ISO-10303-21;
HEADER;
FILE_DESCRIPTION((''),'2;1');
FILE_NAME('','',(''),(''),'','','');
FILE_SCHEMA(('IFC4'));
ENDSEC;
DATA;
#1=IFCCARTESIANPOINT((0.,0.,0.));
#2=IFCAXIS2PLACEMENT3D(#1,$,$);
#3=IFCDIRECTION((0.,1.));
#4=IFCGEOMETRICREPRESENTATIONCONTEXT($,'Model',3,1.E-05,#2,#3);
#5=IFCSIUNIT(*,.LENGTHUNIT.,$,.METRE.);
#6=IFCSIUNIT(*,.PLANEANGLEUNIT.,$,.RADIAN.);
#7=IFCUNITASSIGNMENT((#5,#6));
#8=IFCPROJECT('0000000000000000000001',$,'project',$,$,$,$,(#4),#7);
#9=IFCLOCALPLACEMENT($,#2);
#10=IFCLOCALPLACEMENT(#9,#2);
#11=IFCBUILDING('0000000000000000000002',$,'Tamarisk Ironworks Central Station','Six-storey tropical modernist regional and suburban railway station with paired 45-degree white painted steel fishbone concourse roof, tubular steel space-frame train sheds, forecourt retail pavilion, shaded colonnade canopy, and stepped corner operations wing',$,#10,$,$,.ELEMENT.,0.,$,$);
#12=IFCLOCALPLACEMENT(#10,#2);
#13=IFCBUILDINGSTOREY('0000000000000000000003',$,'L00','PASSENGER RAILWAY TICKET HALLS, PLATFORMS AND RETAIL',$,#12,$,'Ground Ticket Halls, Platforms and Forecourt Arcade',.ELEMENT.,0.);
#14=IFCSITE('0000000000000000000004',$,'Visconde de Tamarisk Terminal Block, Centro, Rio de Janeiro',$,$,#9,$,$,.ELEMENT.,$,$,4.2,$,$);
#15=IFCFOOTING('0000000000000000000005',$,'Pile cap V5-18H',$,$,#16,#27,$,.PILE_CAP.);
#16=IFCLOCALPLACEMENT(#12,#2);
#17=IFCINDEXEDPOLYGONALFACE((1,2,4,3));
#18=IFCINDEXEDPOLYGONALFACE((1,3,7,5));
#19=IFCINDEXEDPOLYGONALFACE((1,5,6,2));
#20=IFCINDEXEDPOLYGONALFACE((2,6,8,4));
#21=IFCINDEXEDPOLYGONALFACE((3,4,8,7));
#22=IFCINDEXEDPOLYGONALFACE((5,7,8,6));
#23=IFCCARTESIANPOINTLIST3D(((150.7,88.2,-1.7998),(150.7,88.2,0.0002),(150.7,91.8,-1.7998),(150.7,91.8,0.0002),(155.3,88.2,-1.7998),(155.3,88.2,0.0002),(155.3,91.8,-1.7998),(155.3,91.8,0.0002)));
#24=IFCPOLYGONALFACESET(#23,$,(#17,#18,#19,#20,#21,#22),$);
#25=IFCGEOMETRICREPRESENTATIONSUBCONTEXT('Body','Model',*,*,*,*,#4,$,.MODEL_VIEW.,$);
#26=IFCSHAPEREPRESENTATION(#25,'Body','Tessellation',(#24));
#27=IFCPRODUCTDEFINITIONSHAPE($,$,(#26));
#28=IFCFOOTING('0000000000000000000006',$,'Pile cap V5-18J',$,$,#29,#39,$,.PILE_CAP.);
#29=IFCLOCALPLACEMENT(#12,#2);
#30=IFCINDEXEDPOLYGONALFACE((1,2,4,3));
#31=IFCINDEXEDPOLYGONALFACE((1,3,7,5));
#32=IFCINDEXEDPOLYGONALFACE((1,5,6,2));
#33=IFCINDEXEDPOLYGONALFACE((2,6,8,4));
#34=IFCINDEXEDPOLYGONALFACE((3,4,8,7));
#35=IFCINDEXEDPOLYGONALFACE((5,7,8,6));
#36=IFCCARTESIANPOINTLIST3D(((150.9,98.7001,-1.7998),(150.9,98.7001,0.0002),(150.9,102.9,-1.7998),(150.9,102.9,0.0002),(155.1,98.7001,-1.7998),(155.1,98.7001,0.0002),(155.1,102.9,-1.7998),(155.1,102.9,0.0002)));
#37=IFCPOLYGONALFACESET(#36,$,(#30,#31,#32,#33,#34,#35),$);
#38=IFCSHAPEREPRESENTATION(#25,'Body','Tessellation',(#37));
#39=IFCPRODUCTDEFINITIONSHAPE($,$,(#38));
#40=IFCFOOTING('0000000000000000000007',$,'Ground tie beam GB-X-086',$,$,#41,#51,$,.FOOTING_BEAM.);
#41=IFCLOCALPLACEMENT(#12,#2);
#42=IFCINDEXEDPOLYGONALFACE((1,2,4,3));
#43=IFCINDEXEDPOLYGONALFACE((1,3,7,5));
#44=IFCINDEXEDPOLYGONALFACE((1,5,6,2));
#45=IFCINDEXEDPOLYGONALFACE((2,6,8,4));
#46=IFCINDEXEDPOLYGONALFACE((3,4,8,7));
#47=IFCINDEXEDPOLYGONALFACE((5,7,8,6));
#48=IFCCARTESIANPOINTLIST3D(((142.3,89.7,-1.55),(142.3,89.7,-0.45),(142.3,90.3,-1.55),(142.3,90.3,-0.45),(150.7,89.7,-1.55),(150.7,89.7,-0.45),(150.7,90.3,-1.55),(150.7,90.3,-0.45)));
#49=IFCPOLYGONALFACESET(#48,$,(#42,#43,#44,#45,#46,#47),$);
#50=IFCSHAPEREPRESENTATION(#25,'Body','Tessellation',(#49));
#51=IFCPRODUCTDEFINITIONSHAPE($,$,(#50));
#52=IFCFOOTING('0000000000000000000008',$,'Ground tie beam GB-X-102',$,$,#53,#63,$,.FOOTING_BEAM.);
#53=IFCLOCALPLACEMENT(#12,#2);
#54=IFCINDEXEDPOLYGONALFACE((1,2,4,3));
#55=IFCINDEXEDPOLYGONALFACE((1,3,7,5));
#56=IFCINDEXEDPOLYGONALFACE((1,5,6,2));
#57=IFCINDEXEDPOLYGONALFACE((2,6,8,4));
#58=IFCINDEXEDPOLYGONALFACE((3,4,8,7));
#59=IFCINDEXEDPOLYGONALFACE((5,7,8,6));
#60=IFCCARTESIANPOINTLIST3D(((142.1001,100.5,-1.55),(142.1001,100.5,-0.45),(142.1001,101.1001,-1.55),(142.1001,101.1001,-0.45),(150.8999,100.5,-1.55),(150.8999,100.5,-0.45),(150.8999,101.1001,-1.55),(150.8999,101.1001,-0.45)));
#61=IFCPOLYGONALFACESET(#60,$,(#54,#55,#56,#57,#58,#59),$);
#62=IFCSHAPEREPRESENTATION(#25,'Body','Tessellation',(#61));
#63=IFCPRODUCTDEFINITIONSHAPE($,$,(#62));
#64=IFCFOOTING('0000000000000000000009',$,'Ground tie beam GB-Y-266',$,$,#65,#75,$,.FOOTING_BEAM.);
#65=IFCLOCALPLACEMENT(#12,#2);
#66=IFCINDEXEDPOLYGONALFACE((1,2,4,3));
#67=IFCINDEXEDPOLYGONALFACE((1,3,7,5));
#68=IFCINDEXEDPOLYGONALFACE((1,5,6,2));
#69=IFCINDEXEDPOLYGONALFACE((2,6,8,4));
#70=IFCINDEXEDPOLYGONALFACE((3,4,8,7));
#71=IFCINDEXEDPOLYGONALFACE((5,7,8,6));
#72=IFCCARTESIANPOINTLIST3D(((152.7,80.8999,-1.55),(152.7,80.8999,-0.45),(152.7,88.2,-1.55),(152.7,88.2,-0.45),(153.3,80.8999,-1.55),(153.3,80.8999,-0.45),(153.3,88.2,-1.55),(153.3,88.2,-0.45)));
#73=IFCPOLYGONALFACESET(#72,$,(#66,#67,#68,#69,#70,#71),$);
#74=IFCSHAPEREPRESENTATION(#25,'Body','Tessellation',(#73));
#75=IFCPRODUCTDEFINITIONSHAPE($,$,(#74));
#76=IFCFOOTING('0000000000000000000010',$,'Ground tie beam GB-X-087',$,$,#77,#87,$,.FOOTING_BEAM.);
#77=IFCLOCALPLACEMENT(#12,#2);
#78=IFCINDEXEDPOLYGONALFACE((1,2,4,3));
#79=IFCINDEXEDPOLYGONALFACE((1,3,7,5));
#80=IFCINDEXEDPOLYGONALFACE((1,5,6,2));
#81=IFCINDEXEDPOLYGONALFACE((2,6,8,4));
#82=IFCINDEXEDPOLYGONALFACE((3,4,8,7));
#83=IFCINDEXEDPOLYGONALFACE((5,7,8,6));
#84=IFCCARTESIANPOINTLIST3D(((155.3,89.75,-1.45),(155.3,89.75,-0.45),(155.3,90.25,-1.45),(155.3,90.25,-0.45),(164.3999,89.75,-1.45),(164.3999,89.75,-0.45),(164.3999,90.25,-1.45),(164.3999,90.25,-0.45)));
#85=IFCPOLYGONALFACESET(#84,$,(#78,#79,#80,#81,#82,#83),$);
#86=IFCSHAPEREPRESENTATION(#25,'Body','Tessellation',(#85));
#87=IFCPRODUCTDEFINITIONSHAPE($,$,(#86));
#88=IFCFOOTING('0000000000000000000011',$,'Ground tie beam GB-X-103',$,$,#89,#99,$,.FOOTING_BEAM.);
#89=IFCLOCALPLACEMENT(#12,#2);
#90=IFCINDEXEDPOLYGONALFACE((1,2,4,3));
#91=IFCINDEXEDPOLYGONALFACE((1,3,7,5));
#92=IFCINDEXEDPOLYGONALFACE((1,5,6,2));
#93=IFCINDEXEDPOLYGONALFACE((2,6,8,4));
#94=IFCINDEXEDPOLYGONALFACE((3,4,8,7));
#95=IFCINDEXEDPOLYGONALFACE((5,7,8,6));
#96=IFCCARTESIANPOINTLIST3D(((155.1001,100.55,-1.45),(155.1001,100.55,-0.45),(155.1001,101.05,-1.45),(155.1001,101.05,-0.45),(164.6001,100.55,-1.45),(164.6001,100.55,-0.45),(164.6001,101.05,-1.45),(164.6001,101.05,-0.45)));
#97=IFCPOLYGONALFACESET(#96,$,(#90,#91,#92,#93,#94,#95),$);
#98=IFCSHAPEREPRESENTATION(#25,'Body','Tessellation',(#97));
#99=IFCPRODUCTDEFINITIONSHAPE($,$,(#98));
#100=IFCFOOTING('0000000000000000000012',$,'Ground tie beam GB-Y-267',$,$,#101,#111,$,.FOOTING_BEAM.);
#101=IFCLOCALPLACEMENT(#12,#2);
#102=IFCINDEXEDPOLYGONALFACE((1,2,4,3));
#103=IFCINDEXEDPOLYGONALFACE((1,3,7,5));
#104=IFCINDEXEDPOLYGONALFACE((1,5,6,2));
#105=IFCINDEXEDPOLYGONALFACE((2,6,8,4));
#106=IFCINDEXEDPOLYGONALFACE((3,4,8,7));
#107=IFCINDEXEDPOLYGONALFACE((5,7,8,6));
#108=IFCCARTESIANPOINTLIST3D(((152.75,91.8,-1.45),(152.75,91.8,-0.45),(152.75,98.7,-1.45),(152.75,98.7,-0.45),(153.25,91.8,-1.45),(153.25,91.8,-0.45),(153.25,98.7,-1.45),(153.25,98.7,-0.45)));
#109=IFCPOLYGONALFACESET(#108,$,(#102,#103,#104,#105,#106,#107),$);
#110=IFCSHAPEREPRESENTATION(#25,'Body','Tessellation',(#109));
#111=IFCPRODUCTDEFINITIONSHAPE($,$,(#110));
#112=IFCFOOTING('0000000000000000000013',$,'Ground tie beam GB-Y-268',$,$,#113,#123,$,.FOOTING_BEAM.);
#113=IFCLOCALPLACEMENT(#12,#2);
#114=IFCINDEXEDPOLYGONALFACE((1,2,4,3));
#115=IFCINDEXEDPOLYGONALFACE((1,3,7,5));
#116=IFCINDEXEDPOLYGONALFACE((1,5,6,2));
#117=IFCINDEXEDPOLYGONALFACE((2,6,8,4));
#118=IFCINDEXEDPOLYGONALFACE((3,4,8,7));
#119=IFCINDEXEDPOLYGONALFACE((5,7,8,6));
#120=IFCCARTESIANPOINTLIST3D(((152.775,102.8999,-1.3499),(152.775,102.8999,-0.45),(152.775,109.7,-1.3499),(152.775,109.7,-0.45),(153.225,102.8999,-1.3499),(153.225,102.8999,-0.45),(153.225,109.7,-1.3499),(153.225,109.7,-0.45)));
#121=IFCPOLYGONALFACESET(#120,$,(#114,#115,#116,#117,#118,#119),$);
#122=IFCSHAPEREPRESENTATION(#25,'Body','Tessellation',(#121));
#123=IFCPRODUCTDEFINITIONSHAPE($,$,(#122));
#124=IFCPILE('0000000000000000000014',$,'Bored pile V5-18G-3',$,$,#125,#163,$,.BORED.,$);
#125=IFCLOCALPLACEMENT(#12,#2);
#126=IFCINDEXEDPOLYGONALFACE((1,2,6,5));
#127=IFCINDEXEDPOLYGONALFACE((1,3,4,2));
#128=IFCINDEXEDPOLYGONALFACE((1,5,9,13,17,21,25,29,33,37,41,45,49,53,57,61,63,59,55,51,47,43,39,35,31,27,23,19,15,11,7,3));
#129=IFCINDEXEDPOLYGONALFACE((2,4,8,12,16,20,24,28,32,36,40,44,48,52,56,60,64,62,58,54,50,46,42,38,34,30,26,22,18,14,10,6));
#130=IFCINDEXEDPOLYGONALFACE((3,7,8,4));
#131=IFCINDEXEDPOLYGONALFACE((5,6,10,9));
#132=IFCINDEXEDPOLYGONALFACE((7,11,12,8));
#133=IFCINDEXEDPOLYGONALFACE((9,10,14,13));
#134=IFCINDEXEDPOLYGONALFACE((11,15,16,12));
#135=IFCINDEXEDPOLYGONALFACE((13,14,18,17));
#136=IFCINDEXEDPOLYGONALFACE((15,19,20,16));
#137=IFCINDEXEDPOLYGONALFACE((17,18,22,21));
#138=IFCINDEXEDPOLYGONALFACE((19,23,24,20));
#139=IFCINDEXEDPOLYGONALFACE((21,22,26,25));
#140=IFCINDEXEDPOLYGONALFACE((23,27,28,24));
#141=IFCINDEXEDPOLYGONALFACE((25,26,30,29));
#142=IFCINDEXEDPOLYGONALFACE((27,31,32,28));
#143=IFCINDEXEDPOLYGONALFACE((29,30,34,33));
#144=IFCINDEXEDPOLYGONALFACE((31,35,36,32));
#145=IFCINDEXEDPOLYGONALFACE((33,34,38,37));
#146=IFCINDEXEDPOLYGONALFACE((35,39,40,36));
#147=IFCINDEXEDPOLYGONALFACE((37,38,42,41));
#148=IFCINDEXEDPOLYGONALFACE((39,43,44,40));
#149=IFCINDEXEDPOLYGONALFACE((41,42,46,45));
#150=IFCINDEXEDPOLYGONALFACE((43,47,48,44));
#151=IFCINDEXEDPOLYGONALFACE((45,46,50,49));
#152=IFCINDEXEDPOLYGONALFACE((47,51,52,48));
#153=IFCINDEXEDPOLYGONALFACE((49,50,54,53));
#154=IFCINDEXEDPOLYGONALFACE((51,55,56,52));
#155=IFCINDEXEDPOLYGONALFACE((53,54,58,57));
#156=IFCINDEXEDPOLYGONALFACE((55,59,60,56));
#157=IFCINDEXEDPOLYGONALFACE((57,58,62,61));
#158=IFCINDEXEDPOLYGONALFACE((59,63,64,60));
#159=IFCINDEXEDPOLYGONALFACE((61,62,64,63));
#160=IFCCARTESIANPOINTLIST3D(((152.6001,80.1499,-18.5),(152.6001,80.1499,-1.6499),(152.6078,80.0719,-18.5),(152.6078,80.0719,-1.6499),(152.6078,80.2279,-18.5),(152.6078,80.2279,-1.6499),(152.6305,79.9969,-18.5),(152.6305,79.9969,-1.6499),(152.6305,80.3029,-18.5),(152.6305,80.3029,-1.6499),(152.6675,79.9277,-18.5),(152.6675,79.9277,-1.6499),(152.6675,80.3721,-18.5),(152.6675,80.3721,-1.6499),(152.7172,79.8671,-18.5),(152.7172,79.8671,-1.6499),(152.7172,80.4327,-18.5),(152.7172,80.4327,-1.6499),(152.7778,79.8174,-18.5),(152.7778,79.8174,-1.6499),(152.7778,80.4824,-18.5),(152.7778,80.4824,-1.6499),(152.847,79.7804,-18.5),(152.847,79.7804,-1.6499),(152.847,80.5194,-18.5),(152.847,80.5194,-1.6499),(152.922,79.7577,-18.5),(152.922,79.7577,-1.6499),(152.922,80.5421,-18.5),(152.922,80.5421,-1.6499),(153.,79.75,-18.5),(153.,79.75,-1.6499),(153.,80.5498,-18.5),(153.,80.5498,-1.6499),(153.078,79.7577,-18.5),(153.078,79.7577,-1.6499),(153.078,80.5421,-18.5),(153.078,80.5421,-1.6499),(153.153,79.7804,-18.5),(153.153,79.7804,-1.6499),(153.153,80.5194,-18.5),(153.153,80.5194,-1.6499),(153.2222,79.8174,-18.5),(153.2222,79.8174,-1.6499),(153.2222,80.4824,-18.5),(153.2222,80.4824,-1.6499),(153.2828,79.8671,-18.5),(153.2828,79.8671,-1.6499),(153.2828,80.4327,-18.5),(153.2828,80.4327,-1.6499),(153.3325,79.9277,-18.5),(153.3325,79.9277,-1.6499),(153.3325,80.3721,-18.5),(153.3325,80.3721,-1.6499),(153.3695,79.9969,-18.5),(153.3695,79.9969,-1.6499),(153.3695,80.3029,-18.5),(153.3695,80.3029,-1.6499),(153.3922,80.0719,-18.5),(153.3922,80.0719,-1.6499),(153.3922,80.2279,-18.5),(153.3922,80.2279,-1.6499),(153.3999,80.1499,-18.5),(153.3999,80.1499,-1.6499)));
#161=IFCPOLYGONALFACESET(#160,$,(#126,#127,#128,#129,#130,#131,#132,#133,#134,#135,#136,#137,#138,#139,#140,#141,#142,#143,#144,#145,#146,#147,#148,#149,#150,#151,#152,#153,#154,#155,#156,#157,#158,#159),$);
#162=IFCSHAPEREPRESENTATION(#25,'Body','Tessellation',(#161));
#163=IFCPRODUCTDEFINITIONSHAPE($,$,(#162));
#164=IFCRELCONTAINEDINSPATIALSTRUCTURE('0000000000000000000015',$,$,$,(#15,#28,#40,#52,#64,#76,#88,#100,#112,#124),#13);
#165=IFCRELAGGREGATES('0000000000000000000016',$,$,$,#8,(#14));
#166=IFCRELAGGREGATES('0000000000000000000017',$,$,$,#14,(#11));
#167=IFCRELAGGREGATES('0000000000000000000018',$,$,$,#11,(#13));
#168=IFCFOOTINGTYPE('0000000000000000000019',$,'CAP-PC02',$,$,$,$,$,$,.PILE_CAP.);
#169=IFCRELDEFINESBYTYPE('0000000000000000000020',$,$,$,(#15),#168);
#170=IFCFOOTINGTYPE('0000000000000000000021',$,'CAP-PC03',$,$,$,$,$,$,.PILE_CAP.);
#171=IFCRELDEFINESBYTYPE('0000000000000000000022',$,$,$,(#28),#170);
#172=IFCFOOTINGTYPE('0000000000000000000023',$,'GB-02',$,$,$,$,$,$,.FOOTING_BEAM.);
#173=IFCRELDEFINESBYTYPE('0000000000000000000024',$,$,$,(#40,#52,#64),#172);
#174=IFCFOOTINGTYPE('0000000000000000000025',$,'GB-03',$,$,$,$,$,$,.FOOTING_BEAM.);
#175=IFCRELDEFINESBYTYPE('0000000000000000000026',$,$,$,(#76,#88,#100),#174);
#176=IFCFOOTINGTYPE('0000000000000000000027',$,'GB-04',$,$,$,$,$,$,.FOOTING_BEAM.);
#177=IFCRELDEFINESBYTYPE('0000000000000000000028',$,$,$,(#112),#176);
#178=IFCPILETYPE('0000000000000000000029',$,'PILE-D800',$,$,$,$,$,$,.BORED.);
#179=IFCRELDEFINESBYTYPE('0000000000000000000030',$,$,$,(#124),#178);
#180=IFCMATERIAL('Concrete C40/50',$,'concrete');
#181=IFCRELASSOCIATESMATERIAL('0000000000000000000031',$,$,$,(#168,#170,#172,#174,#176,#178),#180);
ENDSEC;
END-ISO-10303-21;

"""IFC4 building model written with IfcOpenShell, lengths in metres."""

from ifc_helpers import new_model, si_unit, direction, frame, origin, origin_2d, place, context, subcontext, project, spatial, rectangle, circle, extrude, material, material_profile, profile_set, type_object, element, save


model = new_model("IFC4")

# Units and contexts
model_context = context("Model", 3, precision=1e-05, world=origin(), true_north=direction((0.0, 1.0)))
body_context = subcontext(model_context, "Body", "Model", "MODEL_VIEW")
ifc_project = project(units=[si_unit("LENGTHUNIT", "METRE"), si_unit("PLANEANGLEUNIT", "RADIAN")], contexts=[model_context])

# Site, building, storey
site_placement = place(None, origin())
site = spatial("IfcSite", under=ifc_project, at=site_placement, Name="Visconde de Tamarisk Terminal Block, Centro, Rio de Janeiro", CompositionType="ELEMENT", RefElevation=4.2)
building_placement = place(site_placement, origin())
building = spatial("IfcBuilding", under=site, at=building_placement, Name="Tamarisk Ironworks Central Station", Description="Six-storey tropical modernist regional and suburban railway station with paired 45-degree white painted steel fishbone concourse roof, tubular steel space-frame train sheds, forecourt retail pavilion, shaded colonnade canopy, and stepped corner operations wing", CompositionType="ELEMENT", ElevationOfRefHeight=0.0)
storey_placement = place(building_placement, origin())
storey = spatial("IfcBuildingStorey", under=building, at=storey_placement, Name="L00", Description="PASSENGER RAILWAY TICKET HALLS, PLATFORMS AND RETAIL", LongName="Ground Ticket Halls, Platforms and Forecourt Arcade", CompositionType="ELEMENT", Elevation=0.0)

# Footings
ifc_material_1 = material(Name="Concrete C40/50", Category="concrete")
footing_type_1 = type_object("IfcFootingType", Name="CAP-PC02", PredefinedType="PILE_CAP", material=ifc_material_1)
footing_1_placement = place(storey_placement, frame((153.0, 90.0, -1.7998), z_axis=(0.0, 0.0, 1.0), x_axis=(1.0, 0.0, 0.0)))
element("IfcFooting", 1, at=footing_1_placement, inside=storey, type_object=footing_type_1, Name="Pile cap V5-18H", PredefinedType="PILE_CAP", context=body_context, shape_type="SweptSolid", body=[
    extrude(rectangle(XDim=4.6001, YDim=3.6001, at=origin_2d()), origin(), (0.0, 0.0, 1.0), 1.8),
])
footing_type_2 = type_object("IfcFootingType", Name="CAP-PC03", PredefinedType="PILE_CAP", material=ifc_material_1)
footing_2_placement = place(storey_placement, frame((153.0, 100.8, -1.7998), z_axis=(0.0, 0.0, 1.0), x_axis=(1.0, 0.0, 0.0)))
element("IfcFooting", 2, at=footing_2_placement, inside=storey, type_object=footing_type_2, Name="Pile cap V5-18J", PredefinedType="PILE_CAP", context=body_context, shape_type="SweptSolid", body=[
    extrude(rectangle(XDim=4.2, YDim=4.2, at=origin_2d()), origin(), (0.0, 0.0, 1.0), 1.8),
])
ifc_material_profile_1 = material_profile(ifc_material_1, rectangle(XDim=0.6001, YDim=1.1001, at=origin_2d()), Name="GB02 600x1100")
ifc_profile_set_1 = profile_set([ifc_material_profile_1], Name="Concrete C40/50")
footing_type_3 = type_object("IfcFootingType", Name="GB-02", PredefinedType="FOOTING_BEAM", material=ifc_profile_set_1)
footing_3_placement = place(storey_placement, frame((142.3, 90.0, -1.0), z_axis=(1.0, 0.0, 0.0), x_axis=(0.0, 1.0, 0.0)))
element("IfcFooting", 3, at=footing_3_placement, inside=storey, type_object=footing_type_3, Name="Ground tie beam GB-X-086", PredefinedType="FOOTING_BEAM", context=body_context, shape_type="SweptSolid", body=[
    extrude(rectangle(XDim=0.6001, YDim=1.1001, at=origin_2d()), origin(), (0.0, 0.0, 1.0), 8.3999),
])
footing_4_placement = place(storey_placement, frame((142.1001, 100.8, -1.0), z_axis=(1.0, 0.0, 0.0), x_axis=(0.0, 1.0, 0.0)))
element("IfcFooting", 4, at=footing_4_placement, inside=storey, type_object=footing_type_3, Name="Ground tie beam GB-X-102", PredefinedType="FOOTING_BEAM", context=body_context, shape_type="SweptSolid", body=[
    extrude(rectangle(XDim=0.6001, YDim=1.1001, at=origin_2d()), origin(), (0.0, 0.0, 1.0), 8.7998),
])
footing_5_placement = place(storey_placement, frame((153.0, 80.8999, -1.0), z_axis=(0.0, 1.0, 0.0), x_axis=(-1.0, 0.0, 0.0)))
element("IfcFooting", 5, at=footing_5_placement, inside=storey, type_object=footing_type_3, Name="Ground tie beam GB-Y-266", PredefinedType="FOOTING_BEAM", context=body_context, shape_type="SweptSolid", body=[
    extrude(rectangle(XDim=0.6001, YDim=1.1001, at=origin_2d()), origin(), (0.0, 0.0, 1.0), 7.3),
])
ifc_material_profile_2 = material_profile(ifc_material_1, rectangle(XDim=0.5, YDim=1.0, at=origin_2d()), Name="GB03 500x1000")
ifc_profile_set_2 = profile_set([ifc_material_profile_2], Name="Concrete C40/50")
footing_type_4 = type_object("IfcFootingType", Name="GB-03", PredefinedType="FOOTING_BEAM", material=ifc_profile_set_2)
footing_6_placement = place(storey_placement, frame((155.3, 90.0, -0.95), z_axis=(1.0, 0.0, 0.0), x_axis=(0.0, 1.0, 0.0)))
element("IfcFooting", 6, at=footing_6_placement, inside=storey, type_object=footing_type_4, Name="Ground tie beam GB-X-087", PredefinedType="FOOTING_BEAM", context=body_context, shape_type="SweptSolid", body=[
    extrude(rectangle(XDim=0.5, YDim=1.0, at=origin_2d()), origin(), (0.0, 0.0, 1.0), 9.0999),
])
footing_7_placement = place(storey_placement, frame((155.1001, 100.8, -0.95), z_axis=(1.0, 0.0, 0.0), x_axis=(0.0, 1.0, 0.0)))
element("IfcFooting", 7, at=footing_7_placement, inside=storey, type_object=footing_type_4, Name="Ground tie beam GB-X-103", PredefinedType="FOOTING_BEAM", context=body_context, shape_type="SweptSolid", body=[
    extrude(rectangle(XDim=0.5, YDim=1.0, at=origin_2d()), origin(), (0.0, 0.0, 1.0), 9.5),
])
footing_8_placement = place(storey_placement, frame((153.0, 91.8, -0.95), z_axis=(0.0, 1.0, 0.0), x_axis=(-1.0, 0.0, 0.0)))
element("IfcFooting", 8, at=footing_8_placement, inside=storey, type_object=footing_type_4, Name="Ground tie beam GB-Y-267", PredefinedType="FOOTING_BEAM", context=body_context, shape_type="SweptSolid", body=[
    extrude(rectangle(XDim=0.5, YDim=1.0, at=origin_2d()), origin(), (0.0, 0.0, 1.0), 6.8999),
])
ifc_material_profile_3 = material_profile(ifc_material_1, rectangle(XDim=0.45, YDim=0.8999, at=origin_2d()), Name="GB04 450x900")
ifc_profile_set_3 = profile_set([ifc_material_profile_3], Name="Concrete C40/50")
footing_type_5 = type_object("IfcFootingType", Name="GB-04", PredefinedType="FOOTING_BEAM", material=ifc_profile_set_3)
footing_9_placement = place(storey_placement, frame((153.0, 102.8999, -0.8999), z_axis=(0.0, 1.0, 0.0), x_axis=(-1.0, 0.0, 0.0)))
element("IfcFooting", 9, at=footing_9_placement, inside=storey, type_object=footing_type_5, Name="Ground tie beam GB-Y-268", PredefinedType="FOOTING_BEAM", context=body_context, shape_type="SweptSolid", body=[
    extrude(rectangle(XDim=0.45, YDim=0.8999, at=origin_2d()), origin(), (0.0, 0.0, 1.0), 6.8),
])

# Pile
ifc_material_profile_4 = material_profile(ifc_material_1, circle(Radius=0.3999, at=origin_2d()), Name="BORED PILE D800")
ifc_profile_set_4 = profile_set([ifc_material_profile_4], Name="Concrete C40/50")
pile_type = type_object("IfcPileType", Name="PILE-D800", PredefinedType="BORED", material=ifc_profile_set_4)
for number, where, z_axis, x_axis, name in (
    (10, (153.0, 80.1499, -1.6499), (0.0, 0.0, -1.0), (1.0, 0.0, 0.0), "Bored pile V5-18G-3"),
):
    element("IfcPile", number, at=place(storey_placement, frame(where, z_axis=z_axis, x_axis=x_axis)), inside=storey, type_object=pile_type, Name=name, PredefinedType="BORED", context=body_context, shape_type="SweptSolid", body=[
        extrude(circle(Radius=0.3999, at=origin_2d()), origin(), (0.0, 0.0, 1.0), 16.8501),
    ])

save(model, "model.ifc")
